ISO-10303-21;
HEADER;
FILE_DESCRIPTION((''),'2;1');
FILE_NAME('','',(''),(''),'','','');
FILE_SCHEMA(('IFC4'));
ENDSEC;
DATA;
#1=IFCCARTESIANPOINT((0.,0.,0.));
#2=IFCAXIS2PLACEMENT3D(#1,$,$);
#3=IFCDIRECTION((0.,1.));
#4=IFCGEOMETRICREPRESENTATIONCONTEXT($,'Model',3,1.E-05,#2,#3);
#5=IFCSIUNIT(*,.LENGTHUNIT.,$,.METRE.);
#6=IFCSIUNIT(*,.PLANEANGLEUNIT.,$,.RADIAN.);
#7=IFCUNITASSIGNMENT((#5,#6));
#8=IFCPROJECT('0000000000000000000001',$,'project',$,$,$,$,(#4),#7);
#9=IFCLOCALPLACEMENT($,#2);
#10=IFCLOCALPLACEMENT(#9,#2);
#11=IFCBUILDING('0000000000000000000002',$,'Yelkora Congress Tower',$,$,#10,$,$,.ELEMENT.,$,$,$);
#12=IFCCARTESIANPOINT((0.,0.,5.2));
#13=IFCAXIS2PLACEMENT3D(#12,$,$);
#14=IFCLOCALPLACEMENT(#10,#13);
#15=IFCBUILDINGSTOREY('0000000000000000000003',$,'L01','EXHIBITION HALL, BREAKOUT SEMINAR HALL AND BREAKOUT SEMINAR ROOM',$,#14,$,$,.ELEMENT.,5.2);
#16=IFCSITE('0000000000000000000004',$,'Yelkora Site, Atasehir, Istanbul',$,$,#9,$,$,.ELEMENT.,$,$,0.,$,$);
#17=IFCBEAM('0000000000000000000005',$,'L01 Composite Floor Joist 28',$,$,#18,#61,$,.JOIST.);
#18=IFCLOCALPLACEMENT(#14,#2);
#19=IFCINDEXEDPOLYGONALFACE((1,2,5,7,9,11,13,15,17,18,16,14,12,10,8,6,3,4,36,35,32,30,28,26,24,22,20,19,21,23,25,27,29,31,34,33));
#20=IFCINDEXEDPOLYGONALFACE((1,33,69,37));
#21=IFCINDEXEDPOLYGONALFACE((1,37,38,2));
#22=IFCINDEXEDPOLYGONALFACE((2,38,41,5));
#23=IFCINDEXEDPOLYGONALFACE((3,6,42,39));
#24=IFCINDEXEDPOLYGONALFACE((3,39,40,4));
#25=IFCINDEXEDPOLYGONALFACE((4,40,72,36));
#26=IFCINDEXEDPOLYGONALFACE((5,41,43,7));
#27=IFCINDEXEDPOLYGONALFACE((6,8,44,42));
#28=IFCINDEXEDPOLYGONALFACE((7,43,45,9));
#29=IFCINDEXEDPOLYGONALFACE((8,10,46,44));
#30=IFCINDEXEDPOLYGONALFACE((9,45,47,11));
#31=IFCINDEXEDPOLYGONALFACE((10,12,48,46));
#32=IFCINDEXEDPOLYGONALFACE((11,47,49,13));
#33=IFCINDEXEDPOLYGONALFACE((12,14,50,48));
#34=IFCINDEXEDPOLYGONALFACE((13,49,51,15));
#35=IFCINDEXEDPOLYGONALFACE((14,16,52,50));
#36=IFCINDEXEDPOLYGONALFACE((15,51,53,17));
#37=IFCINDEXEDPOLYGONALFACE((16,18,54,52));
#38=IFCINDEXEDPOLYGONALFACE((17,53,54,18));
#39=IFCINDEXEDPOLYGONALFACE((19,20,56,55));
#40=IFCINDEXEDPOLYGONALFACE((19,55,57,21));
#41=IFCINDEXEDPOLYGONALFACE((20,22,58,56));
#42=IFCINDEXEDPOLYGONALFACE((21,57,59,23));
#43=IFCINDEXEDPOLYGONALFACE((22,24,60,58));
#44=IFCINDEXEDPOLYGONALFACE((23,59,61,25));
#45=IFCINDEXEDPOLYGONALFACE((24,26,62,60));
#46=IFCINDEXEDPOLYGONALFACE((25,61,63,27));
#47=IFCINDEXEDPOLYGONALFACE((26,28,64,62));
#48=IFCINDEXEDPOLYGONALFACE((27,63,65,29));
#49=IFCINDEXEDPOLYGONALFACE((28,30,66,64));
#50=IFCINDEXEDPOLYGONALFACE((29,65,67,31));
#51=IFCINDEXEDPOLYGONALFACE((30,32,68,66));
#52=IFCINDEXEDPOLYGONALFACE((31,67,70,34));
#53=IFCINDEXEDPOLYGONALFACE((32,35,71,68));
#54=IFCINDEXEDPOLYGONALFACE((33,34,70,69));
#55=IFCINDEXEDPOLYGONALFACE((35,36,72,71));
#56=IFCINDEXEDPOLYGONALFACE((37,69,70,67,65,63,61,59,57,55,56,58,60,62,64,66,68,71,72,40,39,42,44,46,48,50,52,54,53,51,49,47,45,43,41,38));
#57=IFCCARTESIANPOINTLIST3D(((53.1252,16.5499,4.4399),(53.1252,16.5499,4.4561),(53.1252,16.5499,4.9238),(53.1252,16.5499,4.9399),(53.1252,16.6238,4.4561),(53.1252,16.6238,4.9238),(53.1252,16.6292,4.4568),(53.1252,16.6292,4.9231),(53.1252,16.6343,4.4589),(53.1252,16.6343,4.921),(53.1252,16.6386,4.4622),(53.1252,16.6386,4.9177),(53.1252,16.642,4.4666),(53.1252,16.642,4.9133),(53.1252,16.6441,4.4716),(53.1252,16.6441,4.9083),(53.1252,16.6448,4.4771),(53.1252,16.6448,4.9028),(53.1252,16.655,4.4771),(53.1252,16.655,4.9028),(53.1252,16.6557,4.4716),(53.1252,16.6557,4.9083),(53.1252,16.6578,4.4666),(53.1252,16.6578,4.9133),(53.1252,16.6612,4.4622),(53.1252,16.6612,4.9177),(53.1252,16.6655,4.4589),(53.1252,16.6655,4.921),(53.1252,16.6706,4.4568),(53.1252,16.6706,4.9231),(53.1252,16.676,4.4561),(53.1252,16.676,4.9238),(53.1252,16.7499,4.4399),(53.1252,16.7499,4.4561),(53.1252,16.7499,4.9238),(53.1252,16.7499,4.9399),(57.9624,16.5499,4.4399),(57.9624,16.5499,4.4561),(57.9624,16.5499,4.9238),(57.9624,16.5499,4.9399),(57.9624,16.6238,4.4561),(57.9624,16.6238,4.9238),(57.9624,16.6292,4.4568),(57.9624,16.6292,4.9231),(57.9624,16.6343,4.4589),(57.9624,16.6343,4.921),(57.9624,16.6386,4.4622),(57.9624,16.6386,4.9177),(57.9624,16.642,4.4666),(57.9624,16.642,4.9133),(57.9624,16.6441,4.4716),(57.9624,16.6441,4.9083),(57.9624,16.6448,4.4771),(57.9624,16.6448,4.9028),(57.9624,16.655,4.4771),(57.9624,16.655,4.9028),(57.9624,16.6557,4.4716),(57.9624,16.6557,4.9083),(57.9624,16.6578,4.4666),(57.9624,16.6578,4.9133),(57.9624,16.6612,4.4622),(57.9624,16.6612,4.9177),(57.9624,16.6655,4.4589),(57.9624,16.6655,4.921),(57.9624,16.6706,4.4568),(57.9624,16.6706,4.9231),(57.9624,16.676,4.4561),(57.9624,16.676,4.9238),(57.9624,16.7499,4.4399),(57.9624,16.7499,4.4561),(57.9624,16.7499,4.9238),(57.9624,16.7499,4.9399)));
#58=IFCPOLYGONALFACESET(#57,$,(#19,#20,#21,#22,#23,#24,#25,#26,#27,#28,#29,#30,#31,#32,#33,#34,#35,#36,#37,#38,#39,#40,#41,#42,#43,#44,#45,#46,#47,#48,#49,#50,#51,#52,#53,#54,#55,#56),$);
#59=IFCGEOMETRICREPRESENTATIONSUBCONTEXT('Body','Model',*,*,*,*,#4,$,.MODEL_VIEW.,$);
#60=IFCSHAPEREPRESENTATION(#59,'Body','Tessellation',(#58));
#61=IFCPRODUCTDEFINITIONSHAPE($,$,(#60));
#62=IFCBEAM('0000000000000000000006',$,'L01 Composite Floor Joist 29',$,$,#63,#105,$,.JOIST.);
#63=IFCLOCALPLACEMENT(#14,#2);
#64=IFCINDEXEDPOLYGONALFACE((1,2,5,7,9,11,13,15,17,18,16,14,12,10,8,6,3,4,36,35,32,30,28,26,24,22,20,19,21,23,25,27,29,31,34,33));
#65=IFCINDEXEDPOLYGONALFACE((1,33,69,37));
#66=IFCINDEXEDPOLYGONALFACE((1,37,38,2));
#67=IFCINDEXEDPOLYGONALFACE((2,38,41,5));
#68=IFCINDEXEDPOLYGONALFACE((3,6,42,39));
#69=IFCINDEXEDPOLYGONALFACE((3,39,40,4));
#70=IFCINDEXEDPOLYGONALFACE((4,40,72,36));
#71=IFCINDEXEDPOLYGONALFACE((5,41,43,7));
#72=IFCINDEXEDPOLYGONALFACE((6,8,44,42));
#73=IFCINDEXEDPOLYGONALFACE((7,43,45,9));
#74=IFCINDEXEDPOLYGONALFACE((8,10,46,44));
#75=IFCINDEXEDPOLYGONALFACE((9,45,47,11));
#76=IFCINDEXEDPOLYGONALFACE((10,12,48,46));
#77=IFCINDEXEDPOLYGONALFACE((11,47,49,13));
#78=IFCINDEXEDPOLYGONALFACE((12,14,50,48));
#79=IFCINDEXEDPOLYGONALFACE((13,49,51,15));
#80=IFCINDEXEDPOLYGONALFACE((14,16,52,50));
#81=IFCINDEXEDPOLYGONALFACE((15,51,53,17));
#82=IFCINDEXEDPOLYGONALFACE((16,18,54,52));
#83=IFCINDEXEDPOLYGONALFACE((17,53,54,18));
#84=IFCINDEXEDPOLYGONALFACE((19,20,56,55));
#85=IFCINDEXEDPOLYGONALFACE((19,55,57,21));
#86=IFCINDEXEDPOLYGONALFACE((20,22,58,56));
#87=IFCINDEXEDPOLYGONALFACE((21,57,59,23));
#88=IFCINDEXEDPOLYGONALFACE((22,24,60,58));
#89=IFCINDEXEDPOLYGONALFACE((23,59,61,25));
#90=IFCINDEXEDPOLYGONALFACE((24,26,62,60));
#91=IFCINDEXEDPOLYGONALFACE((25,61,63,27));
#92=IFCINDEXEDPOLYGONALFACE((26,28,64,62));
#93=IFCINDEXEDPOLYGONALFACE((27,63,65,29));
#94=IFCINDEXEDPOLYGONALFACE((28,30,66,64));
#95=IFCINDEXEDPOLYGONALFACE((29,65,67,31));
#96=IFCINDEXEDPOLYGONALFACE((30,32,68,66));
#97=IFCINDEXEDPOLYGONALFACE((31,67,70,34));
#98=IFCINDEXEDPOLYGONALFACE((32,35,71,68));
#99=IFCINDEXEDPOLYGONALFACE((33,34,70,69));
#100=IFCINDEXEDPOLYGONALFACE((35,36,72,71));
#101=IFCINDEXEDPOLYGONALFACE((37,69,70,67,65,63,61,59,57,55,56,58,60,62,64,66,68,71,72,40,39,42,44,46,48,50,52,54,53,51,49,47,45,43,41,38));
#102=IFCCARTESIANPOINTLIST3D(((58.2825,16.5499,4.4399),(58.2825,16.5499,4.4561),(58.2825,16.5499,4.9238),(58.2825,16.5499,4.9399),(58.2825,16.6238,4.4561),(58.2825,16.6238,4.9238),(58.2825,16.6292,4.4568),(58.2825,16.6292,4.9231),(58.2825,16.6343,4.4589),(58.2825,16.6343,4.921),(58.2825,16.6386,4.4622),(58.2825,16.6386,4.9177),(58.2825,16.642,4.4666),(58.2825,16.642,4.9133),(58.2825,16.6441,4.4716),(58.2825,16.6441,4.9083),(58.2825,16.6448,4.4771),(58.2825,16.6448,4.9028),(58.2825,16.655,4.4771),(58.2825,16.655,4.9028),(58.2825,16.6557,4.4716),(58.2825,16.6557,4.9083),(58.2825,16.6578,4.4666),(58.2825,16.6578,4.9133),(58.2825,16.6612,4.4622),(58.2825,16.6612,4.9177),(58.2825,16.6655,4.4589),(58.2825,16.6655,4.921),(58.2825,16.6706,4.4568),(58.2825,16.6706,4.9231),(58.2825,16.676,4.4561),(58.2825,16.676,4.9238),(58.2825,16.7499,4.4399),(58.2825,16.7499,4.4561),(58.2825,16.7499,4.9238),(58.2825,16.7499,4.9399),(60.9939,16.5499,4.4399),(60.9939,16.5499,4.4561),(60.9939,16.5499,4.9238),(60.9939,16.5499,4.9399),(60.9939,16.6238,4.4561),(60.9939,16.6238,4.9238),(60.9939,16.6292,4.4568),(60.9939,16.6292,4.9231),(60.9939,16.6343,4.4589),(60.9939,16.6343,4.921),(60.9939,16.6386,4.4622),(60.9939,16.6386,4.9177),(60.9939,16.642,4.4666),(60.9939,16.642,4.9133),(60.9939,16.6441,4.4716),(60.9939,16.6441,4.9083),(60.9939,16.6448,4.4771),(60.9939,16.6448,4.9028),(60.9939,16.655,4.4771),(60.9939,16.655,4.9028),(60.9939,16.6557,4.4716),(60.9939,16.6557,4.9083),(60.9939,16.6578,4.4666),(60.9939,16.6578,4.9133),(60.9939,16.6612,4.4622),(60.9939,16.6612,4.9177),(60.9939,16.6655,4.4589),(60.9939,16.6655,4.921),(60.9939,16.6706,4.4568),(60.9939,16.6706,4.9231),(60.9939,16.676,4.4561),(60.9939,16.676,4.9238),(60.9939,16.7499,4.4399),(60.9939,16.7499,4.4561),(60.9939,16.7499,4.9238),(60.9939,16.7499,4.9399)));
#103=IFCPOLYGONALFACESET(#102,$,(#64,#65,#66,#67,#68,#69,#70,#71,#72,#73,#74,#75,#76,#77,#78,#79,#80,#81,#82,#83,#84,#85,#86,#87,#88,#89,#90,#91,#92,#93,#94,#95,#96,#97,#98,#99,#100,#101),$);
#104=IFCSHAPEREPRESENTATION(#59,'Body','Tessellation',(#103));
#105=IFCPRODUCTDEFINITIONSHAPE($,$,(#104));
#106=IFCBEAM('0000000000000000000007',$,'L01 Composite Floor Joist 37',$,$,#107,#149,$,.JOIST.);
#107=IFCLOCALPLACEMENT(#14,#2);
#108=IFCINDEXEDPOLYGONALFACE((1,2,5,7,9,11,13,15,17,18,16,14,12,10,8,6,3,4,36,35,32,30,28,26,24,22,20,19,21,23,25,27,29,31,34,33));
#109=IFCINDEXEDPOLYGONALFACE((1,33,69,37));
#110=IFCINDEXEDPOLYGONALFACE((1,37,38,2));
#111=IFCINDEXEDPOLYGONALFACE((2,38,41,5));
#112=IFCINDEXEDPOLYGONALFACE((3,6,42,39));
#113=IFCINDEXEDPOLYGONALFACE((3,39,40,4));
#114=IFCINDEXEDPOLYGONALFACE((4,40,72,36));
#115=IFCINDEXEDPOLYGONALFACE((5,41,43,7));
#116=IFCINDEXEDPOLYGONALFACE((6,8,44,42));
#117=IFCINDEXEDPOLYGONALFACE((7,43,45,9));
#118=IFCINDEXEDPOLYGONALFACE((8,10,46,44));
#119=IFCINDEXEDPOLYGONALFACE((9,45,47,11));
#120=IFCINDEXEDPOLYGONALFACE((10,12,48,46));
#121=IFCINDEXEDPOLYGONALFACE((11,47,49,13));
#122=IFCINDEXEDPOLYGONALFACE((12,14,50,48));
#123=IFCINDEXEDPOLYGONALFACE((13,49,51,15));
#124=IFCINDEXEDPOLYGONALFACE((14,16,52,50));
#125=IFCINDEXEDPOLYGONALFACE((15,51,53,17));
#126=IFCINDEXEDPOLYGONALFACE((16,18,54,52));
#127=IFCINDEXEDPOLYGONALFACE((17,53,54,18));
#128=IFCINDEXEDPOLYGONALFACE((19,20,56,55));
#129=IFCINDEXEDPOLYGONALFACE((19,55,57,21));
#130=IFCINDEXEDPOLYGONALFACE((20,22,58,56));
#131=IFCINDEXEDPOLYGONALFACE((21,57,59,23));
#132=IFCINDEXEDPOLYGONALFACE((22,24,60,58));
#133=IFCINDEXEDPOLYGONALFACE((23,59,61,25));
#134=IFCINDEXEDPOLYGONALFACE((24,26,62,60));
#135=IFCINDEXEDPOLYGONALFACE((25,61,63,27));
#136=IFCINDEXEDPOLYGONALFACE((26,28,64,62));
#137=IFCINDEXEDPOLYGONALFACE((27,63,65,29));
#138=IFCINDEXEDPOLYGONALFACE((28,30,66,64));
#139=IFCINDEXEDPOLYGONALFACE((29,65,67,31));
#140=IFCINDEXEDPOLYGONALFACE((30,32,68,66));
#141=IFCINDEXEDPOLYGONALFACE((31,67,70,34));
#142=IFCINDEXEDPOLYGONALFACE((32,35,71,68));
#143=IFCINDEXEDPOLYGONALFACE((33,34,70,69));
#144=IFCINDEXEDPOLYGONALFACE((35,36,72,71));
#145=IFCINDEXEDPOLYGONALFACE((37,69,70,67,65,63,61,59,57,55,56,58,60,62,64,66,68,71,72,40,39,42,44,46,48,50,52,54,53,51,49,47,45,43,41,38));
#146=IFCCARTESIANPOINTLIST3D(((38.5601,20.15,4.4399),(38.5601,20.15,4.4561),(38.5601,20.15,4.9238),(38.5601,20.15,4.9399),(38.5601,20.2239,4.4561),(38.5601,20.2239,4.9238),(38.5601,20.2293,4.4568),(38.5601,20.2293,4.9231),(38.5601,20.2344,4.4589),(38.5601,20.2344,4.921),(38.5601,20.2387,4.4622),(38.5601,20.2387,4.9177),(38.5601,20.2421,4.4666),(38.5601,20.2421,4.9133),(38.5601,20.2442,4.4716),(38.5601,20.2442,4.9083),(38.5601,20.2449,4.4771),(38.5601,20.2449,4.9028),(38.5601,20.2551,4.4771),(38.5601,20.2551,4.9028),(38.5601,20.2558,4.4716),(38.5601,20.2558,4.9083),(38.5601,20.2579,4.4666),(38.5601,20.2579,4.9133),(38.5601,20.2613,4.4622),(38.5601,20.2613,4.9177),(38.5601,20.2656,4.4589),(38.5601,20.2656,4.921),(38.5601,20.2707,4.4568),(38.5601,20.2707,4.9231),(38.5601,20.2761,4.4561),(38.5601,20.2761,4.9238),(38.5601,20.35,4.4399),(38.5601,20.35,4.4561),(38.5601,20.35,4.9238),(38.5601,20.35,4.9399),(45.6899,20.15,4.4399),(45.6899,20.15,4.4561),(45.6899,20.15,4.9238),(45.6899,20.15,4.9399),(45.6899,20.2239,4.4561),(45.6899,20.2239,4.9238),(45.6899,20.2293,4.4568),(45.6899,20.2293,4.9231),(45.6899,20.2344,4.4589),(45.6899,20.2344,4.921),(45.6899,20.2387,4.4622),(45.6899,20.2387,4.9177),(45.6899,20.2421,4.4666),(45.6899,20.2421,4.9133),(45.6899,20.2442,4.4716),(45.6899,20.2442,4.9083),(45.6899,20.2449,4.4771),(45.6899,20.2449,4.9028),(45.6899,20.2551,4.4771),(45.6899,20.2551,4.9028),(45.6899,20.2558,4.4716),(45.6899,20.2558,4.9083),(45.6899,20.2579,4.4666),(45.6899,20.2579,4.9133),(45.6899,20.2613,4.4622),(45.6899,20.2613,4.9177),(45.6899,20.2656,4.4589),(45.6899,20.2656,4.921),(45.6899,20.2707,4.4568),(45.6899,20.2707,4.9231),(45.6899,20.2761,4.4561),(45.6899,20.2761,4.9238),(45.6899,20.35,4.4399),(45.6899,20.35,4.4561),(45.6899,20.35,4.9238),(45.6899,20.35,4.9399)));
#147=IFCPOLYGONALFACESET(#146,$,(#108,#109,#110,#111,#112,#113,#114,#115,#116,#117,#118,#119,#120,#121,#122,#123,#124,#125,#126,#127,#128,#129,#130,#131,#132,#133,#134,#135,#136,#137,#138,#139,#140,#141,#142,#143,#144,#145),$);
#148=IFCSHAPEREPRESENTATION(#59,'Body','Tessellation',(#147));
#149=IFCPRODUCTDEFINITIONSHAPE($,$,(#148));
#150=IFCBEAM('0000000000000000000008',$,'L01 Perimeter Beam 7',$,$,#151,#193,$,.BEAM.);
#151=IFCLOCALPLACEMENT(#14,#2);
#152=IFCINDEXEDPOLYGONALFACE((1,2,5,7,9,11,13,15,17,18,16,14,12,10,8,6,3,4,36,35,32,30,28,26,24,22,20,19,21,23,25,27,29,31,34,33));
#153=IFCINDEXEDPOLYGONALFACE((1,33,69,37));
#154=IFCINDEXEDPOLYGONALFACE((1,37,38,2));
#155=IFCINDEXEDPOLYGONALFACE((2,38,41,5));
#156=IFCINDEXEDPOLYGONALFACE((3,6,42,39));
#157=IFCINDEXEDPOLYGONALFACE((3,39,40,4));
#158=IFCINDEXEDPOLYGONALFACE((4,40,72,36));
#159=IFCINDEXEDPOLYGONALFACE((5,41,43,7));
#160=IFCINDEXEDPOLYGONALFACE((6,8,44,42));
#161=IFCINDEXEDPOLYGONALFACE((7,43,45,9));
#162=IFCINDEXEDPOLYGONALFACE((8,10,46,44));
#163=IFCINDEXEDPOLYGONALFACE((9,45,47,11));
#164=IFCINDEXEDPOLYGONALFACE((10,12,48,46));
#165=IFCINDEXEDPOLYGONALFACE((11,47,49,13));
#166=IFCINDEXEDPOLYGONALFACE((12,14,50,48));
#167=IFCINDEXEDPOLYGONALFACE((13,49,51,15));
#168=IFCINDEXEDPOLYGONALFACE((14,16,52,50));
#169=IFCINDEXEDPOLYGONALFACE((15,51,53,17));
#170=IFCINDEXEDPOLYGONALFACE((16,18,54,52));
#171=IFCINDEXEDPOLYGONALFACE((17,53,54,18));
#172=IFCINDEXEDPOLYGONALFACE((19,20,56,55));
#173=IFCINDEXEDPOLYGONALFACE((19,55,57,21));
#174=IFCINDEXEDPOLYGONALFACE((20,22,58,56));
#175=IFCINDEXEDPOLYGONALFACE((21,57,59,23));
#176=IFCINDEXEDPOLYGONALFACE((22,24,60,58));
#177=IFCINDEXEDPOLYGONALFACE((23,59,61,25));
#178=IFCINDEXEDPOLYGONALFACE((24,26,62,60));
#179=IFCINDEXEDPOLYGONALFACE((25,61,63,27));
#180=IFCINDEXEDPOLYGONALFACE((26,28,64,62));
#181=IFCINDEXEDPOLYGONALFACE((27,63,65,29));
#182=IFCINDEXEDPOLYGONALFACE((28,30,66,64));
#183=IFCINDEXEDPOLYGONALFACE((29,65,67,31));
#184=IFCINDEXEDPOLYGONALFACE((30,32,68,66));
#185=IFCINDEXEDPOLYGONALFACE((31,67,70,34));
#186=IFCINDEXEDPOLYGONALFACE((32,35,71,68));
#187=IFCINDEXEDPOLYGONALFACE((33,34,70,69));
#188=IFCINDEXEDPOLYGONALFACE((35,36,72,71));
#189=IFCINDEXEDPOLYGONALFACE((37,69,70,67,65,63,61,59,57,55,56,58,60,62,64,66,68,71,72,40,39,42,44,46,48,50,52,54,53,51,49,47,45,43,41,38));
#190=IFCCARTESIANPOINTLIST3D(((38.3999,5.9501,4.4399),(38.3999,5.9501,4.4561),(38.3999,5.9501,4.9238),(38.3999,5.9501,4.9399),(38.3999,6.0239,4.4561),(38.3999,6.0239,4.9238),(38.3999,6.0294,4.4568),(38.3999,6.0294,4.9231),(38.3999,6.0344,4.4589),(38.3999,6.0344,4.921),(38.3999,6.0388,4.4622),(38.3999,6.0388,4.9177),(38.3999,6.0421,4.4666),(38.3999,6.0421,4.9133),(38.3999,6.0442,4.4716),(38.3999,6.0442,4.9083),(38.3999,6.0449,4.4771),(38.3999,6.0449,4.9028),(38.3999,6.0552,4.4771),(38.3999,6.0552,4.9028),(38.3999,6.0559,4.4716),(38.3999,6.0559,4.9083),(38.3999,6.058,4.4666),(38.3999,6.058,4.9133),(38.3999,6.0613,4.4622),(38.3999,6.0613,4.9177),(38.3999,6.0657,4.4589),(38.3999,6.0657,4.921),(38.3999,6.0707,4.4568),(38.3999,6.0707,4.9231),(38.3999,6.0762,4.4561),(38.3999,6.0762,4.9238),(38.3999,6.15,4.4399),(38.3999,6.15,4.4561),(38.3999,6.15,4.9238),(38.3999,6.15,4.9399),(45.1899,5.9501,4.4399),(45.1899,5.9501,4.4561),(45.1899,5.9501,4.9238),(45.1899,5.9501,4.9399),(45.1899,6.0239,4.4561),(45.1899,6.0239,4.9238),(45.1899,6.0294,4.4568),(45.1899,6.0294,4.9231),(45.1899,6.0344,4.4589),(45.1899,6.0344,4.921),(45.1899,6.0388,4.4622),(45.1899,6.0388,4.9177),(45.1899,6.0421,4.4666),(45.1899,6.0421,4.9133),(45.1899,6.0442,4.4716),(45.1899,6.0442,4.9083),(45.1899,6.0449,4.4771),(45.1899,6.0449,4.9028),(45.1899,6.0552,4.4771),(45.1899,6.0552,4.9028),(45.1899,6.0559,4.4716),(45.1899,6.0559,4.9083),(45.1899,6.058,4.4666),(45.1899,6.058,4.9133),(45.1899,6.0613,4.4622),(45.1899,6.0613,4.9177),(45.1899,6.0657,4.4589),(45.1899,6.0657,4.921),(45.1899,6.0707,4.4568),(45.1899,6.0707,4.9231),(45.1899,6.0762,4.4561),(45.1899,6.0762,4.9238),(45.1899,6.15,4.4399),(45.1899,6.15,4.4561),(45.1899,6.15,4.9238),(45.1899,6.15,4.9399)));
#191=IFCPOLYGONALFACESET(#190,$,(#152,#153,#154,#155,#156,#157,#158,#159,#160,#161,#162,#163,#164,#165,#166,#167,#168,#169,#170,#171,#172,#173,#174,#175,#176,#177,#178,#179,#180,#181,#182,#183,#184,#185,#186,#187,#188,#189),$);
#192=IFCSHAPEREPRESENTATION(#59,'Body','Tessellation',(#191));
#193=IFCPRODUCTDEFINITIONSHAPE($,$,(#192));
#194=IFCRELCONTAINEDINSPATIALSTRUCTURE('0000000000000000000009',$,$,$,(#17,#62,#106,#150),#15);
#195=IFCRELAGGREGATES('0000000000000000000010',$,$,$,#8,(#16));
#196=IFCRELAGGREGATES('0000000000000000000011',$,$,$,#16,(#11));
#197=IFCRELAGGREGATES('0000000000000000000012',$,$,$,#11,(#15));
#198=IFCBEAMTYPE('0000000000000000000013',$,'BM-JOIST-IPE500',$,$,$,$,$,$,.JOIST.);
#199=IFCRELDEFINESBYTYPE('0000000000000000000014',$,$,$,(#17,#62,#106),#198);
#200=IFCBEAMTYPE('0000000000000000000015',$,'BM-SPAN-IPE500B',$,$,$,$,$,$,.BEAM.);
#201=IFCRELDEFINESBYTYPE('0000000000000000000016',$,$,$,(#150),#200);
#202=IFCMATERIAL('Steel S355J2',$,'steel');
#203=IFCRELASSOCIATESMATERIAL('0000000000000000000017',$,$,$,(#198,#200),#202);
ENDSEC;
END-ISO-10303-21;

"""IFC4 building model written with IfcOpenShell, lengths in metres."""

from ifc_helpers import new_model, si_unit, direction, frame, origin, origin_2d, place, context, subcontext, project, spatial, i_section, extrude, material, material_profile, profile_set, type_object, element, save


model = new_model("IFC4")

# Units and contexts
model_context = context("Model", 3, precision=1e-05, world=origin(), true_north=direction((0.0, 1.0)))
body_context = subcontext(model_context, "Body", "Model", "MODEL_VIEW")
ifc_project = project(units=[si_unit("LENGTHUNIT", "METRE"), si_unit("PLANEANGLEUNIT", "RADIAN")], contexts=[model_context])

# Site, building, storey
site_placement = place(None, origin())
site = spatial("IfcSite", under=ifc_project, at=site_placement, Name="Yelkora Site, Atasehir, Istanbul", CompositionType="ELEMENT", RefElevation=0.0)
building_placement = place(site_placement, origin())
building = spatial("IfcBuilding", under=site, at=building_placement, Name="Yelkora Congress Tower", CompositionType="ELEMENT")
storey_placement = place(building_placement, frame((0.0, 0.0, 5.2)))
storey = spatial("IfcBuildingStorey", under=building, at=storey_placement, Name="L01", Description="EXHIBITION HALL, BREAKOUT SEMINAR HALL AND BREAKOUT SEMINAR ROOM", CompositionType="ELEMENT", Elevation=5.2)

# Beams
ifc_material_1 = material(Name="Steel S355J2", Category="steel")
ifc_material_profile_1 = material_profile(ifc_material_1, i_section(OverallWidth=0.2, OverallDepth=0.5, WebThickness=0.0103, FlangeThickness=0.0161, FilletRadius=0.021, at=origin_2d()), Name="IPE 500")
ifc_profile_set_1 = profile_set([ifc_material_profile_1], Name="Steel S355J2")
beam_type_1 = type_object("IfcBeamType", Name="BM-JOIST-IPE500", PredefinedType="JOIST", material=ifc_profile_set_1)
beam_1_placement = place(storey_placement, frame((53.1252, 16.6499, 4.6899), z_axis=(1.0, 0.0, 0.0), x_axis=(0.0, 1.0, 0.0)))
element("IfcBeam", 1, at=beam_1_placement, inside=storey, type_object=beam_type_1, Name="L01 Composite Floor Joist 28", PredefinedType="JOIST", context=body_context, shape_type="SweptSolid", body=[
    extrude(i_section(OverallWidth=0.2, OverallDepth=0.5, WebThickness=0.0103, FlangeThickness=0.0161, FilletRadius=0.021, at=origin_2d()), origin(), (0.0, 0.0, 1.0), 4.8372),
])
beam_2_placement = place(storey_placement, frame((58.2825, 16.6499, 4.6899), z_axis=(1.0, 0.0, 0.0), x_axis=(0.0, 1.0, 0.0)))
element("IfcBeam", 2, at=beam_2_placement, inside=storey, type_object=beam_type_1, Name="L01 Composite Floor Joist 29", PredefinedType="JOIST", context=body_context, shape_type="SweptSolid", body=[
    extrude(i_section(OverallWidth=0.2, OverallDepth=0.5, WebThickness=0.0103, FlangeThickness=0.0161, FilletRadius=0.021, at=origin_2d()), origin(), (0.0, 0.0, 1.0), 2.7114),
])
beam_3_placement = place(storey_placement, frame((38.5601, 20.25, 4.6899), z_axis=(1.0, 0.0, 0.0), x_axis=(0.0, 1.0, 0.0)))
element("IfcBeam", 3, at=beam_3_placement, inside=storey, type_object=beam_type_1, Name="L01 Composite Floor Joist 37", PredefinedType="JOIST", context=body_context, shape_type="SweptSolid", body=[
    extrude(i_section(OverallWidth=0.2, OverallDepth=0.5, WebThickness=0.0103, FlangeThickness=0.0161, FilletRadius=0.021, at=origin_2d()), origin(), (0.0, 0.0, 1.0), 7.1299),
])
ifc_material_profile_2 = material_profile(ifc_material_1, i_section(OverallWidth=0.2, OverallDepth=0.5, WebThickness=0.0103, FlangeThickness=0.0161, FilletRadius=0.021, at=origin_2d()), Name="IPE 500")
ifc_profile_set_2 = profile_set([ifc_material_profile_2], Name="Steel S355J2")
beam_type_2 = type_object("IfcBeamType", Name="BM-SPAN-IPE500B", PredefinedType="BEAM", material=ifc_profile_set_2)
for number, where, z_axis, x_axis, name in (
    (4, (38.3999, 6.05, 4.6899), (1.0, 0.0, 0.0), (0.0, 1.0, 0.0), "L01 Perimeter Beam 7"),
):
    element("IfcBeam", number, at=place(storey_placement, frame(where, z_axis=z_axis, x_axis=x_axis)), inside=storey, type_object=beam_type_2, Name=name, PredefinedType="BEAM", context=body_context, shape_type="SweptSolid", body=[
        extrude(i_section(OverallWidth=0.2, OverallDepth=0.5, WebThickness=0.0103, FlangeThickness=0.0161, FilletRadius=0.021, at=origin_2d()), origin(), (0.0, 0.0, 1.0), 6.79),
    ])

save(model, "model.ifc")
